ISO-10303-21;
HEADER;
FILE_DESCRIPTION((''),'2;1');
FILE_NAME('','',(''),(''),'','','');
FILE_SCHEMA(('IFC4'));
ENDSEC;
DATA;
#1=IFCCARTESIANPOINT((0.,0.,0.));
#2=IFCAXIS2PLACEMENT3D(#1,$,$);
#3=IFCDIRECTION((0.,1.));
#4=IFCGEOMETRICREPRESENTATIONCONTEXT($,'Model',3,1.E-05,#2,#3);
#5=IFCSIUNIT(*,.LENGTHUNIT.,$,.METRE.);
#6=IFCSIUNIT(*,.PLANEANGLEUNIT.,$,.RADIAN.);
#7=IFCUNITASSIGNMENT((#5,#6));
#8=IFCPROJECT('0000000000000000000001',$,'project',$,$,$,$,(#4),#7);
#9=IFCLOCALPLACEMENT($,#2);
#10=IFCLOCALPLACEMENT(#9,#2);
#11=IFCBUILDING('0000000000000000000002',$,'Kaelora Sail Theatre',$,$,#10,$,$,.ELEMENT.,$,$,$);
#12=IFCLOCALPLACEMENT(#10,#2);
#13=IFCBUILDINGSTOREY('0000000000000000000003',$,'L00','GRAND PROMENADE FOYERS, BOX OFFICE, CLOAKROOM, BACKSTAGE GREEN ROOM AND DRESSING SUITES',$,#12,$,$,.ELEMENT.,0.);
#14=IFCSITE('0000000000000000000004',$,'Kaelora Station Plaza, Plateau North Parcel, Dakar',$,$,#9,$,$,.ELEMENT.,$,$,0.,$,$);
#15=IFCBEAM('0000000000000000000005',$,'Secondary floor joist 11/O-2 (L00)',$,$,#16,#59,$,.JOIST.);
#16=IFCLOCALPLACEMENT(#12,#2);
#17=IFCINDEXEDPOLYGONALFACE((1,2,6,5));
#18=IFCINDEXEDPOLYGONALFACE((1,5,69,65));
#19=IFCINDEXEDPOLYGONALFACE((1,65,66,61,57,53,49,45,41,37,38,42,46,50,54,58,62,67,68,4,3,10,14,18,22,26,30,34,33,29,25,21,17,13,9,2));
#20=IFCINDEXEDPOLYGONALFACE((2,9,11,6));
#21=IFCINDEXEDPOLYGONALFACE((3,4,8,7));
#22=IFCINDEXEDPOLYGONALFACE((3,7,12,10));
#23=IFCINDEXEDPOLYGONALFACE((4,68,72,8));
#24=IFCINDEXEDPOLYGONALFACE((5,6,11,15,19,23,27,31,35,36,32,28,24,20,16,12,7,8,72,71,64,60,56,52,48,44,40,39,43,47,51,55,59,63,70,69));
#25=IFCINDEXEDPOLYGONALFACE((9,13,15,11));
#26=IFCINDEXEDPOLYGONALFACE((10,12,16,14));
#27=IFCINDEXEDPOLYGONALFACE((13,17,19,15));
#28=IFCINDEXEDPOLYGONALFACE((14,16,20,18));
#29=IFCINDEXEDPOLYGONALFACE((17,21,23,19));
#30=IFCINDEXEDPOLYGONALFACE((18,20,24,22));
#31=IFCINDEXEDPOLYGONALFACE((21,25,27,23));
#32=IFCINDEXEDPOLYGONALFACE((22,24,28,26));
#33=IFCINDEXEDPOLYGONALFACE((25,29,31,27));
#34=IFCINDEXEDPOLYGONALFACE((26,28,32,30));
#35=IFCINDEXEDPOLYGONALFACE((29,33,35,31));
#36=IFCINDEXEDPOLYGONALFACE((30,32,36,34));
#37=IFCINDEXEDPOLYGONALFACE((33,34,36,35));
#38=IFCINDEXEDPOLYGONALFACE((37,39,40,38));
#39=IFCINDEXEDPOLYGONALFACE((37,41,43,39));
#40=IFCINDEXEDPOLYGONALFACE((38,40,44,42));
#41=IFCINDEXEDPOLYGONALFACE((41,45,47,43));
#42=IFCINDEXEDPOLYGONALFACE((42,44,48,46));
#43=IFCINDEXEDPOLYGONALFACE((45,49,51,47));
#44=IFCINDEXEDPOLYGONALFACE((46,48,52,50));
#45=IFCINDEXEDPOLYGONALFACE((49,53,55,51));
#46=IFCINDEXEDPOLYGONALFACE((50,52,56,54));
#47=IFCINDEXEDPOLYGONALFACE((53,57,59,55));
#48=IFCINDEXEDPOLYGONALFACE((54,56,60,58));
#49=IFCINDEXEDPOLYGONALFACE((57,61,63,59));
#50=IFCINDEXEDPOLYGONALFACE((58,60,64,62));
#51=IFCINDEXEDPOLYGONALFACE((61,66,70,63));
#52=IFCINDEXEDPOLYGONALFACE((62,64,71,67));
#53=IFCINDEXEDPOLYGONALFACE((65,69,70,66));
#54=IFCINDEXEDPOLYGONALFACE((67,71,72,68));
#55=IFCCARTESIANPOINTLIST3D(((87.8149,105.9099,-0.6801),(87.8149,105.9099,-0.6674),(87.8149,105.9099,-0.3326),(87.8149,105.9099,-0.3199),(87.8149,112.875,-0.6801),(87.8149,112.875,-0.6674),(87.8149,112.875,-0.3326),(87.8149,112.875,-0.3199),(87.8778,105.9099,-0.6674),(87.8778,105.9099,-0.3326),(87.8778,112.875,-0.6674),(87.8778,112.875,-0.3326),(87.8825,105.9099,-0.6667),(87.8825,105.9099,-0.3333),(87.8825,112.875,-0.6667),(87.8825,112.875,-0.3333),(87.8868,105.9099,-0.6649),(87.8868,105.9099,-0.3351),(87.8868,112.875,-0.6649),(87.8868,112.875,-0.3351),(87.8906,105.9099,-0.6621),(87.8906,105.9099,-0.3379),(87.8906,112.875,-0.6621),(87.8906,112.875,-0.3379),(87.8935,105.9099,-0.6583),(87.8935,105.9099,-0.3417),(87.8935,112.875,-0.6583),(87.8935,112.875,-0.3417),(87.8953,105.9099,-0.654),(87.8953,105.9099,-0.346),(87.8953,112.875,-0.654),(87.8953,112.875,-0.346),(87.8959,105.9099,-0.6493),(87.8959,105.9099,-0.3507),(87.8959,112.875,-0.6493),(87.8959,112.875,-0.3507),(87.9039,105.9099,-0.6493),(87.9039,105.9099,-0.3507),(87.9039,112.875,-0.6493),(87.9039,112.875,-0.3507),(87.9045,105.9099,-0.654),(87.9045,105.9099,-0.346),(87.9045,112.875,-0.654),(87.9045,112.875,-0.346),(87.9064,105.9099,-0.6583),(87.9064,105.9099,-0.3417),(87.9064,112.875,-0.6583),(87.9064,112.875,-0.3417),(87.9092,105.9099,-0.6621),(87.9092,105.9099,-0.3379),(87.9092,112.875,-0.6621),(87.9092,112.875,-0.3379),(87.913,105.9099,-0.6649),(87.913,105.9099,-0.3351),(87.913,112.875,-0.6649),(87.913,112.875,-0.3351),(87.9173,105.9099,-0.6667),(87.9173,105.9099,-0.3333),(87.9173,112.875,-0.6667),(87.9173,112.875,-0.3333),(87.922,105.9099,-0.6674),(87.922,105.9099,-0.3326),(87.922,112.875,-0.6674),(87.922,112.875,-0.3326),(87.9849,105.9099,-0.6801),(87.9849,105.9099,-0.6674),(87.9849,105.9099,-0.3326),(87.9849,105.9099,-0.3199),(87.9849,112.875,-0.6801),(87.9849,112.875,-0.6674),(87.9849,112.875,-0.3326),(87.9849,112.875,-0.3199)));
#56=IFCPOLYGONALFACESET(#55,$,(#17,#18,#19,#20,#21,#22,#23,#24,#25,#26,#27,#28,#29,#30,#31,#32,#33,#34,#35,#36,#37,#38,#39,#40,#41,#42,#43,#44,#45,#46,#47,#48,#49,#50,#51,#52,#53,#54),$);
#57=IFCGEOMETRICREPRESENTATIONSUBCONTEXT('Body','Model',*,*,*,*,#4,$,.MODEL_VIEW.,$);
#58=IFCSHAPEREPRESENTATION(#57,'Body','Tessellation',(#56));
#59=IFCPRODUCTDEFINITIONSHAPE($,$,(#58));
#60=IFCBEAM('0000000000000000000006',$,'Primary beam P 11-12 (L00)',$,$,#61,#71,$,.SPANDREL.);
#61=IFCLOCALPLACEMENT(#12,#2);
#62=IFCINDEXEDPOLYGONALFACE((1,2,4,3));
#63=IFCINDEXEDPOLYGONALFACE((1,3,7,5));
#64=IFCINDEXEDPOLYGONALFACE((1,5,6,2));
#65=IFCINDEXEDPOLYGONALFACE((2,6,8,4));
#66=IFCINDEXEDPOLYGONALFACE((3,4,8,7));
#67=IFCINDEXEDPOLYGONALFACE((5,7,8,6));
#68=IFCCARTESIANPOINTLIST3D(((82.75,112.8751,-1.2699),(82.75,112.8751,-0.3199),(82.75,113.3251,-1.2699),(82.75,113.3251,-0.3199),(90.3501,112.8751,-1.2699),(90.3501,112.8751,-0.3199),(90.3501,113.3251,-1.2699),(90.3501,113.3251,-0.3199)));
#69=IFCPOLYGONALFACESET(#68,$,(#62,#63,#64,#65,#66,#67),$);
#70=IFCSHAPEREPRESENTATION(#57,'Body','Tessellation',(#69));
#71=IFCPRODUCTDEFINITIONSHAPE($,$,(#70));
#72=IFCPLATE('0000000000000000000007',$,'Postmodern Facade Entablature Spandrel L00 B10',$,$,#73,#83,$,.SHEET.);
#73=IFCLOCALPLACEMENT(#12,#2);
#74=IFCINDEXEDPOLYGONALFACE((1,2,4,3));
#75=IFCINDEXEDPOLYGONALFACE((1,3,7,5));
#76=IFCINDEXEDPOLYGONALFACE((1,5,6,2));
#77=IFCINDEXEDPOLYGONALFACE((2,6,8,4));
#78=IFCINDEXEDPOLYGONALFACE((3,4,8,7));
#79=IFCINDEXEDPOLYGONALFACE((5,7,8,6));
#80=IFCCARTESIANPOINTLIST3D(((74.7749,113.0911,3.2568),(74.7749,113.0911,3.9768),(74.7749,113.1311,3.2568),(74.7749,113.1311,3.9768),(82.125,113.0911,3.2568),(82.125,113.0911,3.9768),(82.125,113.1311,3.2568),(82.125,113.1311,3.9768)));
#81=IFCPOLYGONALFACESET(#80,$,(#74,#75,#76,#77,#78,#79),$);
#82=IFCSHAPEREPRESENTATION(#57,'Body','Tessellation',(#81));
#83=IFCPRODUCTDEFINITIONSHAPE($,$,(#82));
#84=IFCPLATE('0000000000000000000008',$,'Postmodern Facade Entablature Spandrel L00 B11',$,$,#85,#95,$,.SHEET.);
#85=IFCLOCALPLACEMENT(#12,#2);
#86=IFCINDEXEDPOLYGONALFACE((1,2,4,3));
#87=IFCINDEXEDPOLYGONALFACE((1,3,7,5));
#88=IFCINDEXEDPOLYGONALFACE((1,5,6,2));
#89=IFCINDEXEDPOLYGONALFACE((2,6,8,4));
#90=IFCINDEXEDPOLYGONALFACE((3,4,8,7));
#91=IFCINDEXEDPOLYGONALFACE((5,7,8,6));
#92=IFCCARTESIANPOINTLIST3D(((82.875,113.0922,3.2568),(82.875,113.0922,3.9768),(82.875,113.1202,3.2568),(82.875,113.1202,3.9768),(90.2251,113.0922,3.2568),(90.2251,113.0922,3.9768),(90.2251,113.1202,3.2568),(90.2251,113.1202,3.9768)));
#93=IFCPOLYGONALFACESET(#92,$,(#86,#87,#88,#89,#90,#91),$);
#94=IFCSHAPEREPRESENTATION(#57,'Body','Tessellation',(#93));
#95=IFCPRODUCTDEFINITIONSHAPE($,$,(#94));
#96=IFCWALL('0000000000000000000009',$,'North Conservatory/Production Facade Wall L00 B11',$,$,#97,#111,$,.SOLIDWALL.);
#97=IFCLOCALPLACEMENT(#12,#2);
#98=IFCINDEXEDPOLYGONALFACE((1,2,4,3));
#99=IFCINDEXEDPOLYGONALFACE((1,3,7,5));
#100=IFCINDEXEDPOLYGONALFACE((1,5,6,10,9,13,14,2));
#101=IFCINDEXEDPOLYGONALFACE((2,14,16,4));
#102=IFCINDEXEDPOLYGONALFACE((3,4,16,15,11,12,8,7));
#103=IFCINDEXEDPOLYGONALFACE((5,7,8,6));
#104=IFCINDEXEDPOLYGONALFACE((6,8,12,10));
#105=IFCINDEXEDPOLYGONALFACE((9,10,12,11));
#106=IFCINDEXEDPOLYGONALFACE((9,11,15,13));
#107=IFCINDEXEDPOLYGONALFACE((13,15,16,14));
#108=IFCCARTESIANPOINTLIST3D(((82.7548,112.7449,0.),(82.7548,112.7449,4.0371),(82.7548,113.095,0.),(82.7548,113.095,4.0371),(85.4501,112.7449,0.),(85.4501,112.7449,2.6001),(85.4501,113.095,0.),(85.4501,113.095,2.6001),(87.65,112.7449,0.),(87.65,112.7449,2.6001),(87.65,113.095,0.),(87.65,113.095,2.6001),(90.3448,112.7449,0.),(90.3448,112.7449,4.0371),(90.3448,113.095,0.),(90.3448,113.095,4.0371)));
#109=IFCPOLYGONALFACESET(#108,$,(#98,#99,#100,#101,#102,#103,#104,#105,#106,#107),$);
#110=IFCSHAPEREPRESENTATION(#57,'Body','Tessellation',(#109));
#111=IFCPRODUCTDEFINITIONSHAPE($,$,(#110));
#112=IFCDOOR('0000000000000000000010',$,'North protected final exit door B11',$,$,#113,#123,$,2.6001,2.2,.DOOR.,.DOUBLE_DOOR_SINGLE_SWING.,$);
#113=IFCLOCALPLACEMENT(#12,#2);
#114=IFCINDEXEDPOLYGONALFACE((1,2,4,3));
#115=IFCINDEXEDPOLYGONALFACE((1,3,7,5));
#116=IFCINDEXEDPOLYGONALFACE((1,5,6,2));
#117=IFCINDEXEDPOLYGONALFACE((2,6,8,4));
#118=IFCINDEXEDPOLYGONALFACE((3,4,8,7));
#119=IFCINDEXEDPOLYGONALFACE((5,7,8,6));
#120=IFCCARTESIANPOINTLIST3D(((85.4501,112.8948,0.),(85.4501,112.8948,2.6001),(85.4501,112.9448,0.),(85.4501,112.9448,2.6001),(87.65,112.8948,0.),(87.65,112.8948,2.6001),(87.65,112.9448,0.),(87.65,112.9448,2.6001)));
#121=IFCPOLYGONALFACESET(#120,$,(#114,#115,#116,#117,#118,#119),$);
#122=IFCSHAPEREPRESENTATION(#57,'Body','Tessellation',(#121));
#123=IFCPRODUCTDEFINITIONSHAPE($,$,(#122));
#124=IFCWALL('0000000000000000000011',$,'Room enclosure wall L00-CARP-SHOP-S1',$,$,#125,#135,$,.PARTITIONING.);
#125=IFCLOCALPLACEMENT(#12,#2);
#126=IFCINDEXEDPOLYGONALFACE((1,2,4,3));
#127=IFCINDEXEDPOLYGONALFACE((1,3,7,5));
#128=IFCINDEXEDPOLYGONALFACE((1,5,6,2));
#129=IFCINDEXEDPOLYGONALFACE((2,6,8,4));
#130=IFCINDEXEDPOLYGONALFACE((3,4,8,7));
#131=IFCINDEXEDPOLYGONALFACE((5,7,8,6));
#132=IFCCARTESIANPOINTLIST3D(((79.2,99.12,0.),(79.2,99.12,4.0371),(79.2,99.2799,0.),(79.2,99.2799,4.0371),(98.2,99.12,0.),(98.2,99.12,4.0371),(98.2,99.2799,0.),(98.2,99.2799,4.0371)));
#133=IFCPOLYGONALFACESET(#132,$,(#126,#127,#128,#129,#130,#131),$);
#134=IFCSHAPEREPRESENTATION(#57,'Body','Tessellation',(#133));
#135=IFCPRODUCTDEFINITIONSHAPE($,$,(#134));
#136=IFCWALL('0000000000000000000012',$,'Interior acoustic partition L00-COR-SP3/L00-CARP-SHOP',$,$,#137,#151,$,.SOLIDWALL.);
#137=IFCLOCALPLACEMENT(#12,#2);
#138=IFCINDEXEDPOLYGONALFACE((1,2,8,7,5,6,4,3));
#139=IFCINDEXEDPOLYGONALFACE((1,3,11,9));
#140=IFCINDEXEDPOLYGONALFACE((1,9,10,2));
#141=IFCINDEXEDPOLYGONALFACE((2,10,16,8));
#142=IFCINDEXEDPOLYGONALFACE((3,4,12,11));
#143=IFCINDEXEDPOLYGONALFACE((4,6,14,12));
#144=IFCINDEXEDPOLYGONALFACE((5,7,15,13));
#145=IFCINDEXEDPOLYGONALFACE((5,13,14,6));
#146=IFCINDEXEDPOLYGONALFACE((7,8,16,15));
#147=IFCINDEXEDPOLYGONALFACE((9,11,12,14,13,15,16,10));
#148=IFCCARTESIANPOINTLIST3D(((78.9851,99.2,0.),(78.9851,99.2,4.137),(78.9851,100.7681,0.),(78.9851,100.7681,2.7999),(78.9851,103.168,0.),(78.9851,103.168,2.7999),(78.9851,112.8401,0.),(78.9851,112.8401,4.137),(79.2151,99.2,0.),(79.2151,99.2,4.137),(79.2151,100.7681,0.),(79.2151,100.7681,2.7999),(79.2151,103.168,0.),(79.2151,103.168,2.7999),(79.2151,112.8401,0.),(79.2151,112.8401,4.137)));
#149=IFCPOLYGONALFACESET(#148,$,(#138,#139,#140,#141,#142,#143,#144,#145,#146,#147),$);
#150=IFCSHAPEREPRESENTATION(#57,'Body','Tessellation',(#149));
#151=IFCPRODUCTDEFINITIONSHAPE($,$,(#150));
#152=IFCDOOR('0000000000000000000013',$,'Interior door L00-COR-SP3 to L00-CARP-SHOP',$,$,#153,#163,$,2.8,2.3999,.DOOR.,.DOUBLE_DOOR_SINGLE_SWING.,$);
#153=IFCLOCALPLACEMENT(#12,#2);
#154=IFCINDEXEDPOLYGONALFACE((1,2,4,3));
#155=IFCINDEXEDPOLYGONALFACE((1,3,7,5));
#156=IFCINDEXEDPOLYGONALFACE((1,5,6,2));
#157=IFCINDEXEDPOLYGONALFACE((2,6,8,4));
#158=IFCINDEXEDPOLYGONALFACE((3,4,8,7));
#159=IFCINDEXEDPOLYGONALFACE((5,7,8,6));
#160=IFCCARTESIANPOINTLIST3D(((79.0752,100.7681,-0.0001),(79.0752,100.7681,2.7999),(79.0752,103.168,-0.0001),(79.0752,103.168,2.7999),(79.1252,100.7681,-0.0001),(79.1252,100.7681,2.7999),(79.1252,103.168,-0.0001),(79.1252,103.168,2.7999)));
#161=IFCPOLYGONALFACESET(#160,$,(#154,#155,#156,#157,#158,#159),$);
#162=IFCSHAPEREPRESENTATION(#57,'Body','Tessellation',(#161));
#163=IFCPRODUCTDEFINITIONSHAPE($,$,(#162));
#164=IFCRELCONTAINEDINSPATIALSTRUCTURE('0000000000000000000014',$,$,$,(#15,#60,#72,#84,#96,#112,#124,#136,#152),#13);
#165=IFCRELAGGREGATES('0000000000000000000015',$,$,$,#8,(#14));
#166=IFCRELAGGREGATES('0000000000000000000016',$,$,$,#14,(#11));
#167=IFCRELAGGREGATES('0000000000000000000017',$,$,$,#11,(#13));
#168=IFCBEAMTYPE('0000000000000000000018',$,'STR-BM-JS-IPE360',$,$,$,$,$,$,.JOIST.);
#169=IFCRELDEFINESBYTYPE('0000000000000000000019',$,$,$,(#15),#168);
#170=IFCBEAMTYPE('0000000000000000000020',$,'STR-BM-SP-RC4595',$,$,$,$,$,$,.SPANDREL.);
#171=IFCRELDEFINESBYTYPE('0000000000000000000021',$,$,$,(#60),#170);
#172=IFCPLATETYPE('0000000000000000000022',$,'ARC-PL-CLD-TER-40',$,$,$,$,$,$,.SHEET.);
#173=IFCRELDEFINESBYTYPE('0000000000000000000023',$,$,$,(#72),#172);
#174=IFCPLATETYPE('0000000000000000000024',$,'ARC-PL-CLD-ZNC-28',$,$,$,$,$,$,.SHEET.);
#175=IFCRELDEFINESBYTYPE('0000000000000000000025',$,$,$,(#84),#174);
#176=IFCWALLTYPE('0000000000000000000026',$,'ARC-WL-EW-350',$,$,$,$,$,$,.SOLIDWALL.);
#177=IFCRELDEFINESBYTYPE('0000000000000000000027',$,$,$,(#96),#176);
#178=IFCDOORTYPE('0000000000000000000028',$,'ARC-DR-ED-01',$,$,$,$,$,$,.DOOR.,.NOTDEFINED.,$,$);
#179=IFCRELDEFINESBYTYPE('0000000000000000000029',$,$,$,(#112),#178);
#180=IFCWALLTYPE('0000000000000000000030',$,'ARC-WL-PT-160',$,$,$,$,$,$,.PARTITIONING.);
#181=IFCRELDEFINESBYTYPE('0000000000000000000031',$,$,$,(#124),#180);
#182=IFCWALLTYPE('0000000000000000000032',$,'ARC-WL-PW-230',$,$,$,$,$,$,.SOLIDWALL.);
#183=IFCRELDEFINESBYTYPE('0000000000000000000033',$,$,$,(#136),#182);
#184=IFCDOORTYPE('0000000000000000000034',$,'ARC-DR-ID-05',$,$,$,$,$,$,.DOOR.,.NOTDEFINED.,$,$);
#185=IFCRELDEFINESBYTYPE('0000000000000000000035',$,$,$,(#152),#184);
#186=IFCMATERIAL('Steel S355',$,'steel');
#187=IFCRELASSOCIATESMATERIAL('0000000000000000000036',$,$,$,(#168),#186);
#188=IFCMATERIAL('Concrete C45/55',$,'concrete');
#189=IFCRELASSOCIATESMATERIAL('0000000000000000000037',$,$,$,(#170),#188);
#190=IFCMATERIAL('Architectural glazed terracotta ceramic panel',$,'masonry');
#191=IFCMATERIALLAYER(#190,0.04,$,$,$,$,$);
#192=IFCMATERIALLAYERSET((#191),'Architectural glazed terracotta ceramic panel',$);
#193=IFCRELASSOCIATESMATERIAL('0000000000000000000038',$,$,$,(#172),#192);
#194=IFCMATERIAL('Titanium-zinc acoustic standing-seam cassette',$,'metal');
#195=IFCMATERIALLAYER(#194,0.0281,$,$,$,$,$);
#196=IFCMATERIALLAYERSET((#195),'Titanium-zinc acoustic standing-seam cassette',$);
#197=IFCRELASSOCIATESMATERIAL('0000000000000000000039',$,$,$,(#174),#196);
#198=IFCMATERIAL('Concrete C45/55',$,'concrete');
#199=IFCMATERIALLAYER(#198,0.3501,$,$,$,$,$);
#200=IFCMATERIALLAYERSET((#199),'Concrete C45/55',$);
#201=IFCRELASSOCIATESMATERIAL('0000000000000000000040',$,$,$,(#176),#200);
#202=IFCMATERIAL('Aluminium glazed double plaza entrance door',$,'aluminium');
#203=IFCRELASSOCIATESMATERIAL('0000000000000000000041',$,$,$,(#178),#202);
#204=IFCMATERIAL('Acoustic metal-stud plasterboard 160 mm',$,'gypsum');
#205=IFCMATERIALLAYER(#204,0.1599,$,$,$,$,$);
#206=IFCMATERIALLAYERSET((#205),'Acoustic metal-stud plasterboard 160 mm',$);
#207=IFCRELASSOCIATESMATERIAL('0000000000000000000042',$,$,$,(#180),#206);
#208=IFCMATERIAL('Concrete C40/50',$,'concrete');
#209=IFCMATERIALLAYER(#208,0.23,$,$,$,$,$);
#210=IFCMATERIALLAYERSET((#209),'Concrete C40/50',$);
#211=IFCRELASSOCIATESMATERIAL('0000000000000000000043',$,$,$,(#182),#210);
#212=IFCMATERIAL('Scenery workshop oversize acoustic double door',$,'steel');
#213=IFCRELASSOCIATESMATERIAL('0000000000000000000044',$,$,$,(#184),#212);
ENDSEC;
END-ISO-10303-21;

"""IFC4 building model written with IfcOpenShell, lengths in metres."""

from ifc_helpers import new_model, si_unit, direction, frame, frame_2d, origin, origin_2d, place, context, subcontext, project, spatial, rectangle, i_section, extrude, material, layer, layer_set, material_profile, profile_set, type_object, element, fill, save


model = new_model("IFC4")

# Units and contexts
model_context = context("Model", 3, precision=1e-05, world=origin(), true_north=direction((0.0, 1.0)))
body_context = subcontext(model_context, "Body", "Model", "MODEL_VIEW")
ifc_project = project(units=[si_unit("LENGTHUNIT", "METRE"), si_unit("PLANEANGLEUNIT", "RADIAN")], contexts=[model_context])

# Site, building, storey
site_placement = place(None, origin())
site = spatial("IfcSite", under=ifc_project, at=site_placement, Name="Kaelora Station Plaza, Plateau North Parcel, Dakar", CompositionType="ELEMENT", RefElevation=0.0)
building_placement = place(site_placement, origin())
building = spatial("IfcBuilding", under=site, at=building_placement, Name="Kaelora Sail Theatre", CompositionType="ELEMENT")
storey_placement = place(building_placement, origin())
storey = spatial("IfcBuildingStorey", under=building, at=storey_placement, Name="L00", Description="GRAND PROMENADE FOYERS, BOX OFFICE, CLOAKROOM, BACKSTAGE GREEN ROOM AND DRESSING SUITES", CompositionType="ELEMENT", Elevation=0.0)

# Beams
ifc_material_1 = material(Name="Steel S355", Category="steel")
ifc_material_profile_1 = material_profile(ifc_material_1, i_section(OverallWidth=0.1699, OverallDepth=0.3601, WebThickness=0.0081, FlangeThickness=0.0127, FilletRadius=0.0181, at=origin_2d()), Name="IPE 360")
ifc_profile_set_1 = profile_set([ifc_material_profile_1], Name="Steel S355")
beam_type_1 = type_object("IfcBeamType", Name="STR-BM-JS-IPE360", PredefinedType="JOIST", material=ifc_profile_set_1)
beam_1_placement = place(storey_placement, frame((87.8999, 105.9099, -0.5), z_axis=(0.0, 1.0, 0.0), x_axis=(-1.0, 0.0, 0.0)))
element("IfcBeam", 1, at=beam_1_placement, inside=storey, type_object=beam_type_1, Name="Secondary floor joist 11/O-2 (L00)", PredefinedType="JOIST", context=body_context, shape_type="SweptSolid", body=[
    extrude(i_section(OverallWidth=0.1699, OverallDepth=0.3601, WebThickness=0.0081, FlangeThickness=0.0127, FilletRadius=0.0181, at=origin_2d()), origin(), (0.0, 0.0, 1.0), 6.9651),
])
ifc_material_2 = material(Name="Concrete C45/55", Category="concrete")
ifc_material_profile_2 = material_profile(ifc_material_2, rectangle(XDim=0.45, YDim=0.95, at=origin_2d()), Name="RC-SPN 450x950")
ifc_profile_set_2 = profile_set([ifc_material_profile_2], Name="Concrete C45/55")
beam_type_2 = type_object("IfcBeamType", Name="STR-BM-SP-RC4595", PredefinedType="SPANDREL", material=ifc_profile_set_2)
beam_2_placement = place(storey_placement, frame((82.75, 113.1001, -0.7949), z_axis=(1.0, 0.0, 0.0), x_axis=(0.0, 1.0, 0.0)))
element("IfcBeam", 2, at=beam_2_placement, inside=storey, type_object=beam_type_2, Name="Primary beam P 11-12 (L00)", PredefinedType="SPANDREL", context=body_context, shape_type="SweptSolid", body=[
    extrude(rectangle(XDim=0.45, YDim=0.95, at=origin_2d()), origin(), (0.0, 0.0, 1.0), 7.6001),
])

# Plates
ifc_material_3 = material(Name="Architectural glazed terracotta ceramic panel", Category="masonry")
ifc_layer_1 = layer(ifc_material_3, 0.04)
ifc_layer_set_1 = layer_set([ifc_layer_1], Name="Architectural glazed terracotta ceramic panel")
plate_type_1 = type_object("IfcPlateType", Name="ARC-PL-CLD-TER-40", PredefinedType="SHEET", material=ifc_layer_set_1)
plate_1_placement = place(storey_placement, frame((78.45, 113.1111, 3.2568), z_axis=(0.0, 0.0, 1.0), x_axis=(1.0, 0.0, 0.0)))
element("IfcPlate", 3, at=plate_1_placement, inside=storey, type_object=plate_type_1, Name="Postmodern Facade Entablature Spandrel L00 B10", PredefinedType="SHEET", context=body_context, shape_type="SweptSolid", body=[
    extrude(rectangle(XDim=7.3501, YDim=0.04, at=origin_2d()), origin(), (0.0, 0.0, 1.0), 0.72),
])
ifc_material_4 = material(Name="Titanium-zinc acoustic standing-seam cassette", Category="metal")
ifc_layer_2 = layer(ifc_material_4, 0.0281)
ifc_layer_set_2 = layer_set([ifc_layer_2], Name="Titanium-zinc acoustic standing-seam cassette")
plate_type_2 = type_object("IfcPlateType", Name="ARC-PL-CLD-ZNC-28", PredefinedType="SHEET", material=ifc_layer_set_2)
plate_2_placement = place(storey_placement, frame((86.55, 113.1062, 3.2568), z_axis=(0.0, 0.0, 1.0), x_axis=(1.0, 0.0, 0.0)))
element("IfcPlate", 4, at=plate_2_placement, inside=storey, type_object=plate_type_2, Name="Postmodern Facade Entablature Spandrel L00 B11", PredefinedType="SHEET", context=body_context, shape_type="SweptSolid", body=[
    extrude(rectangle(XDim=7.3501, YDim=0.0281, at=origin_2d()), origin(), (0.0, 0.0, 1.0), 0.72),
])

# Wall, opening, door
ifc_material_5 = material(Name="Concrete C45/55", Category="concrete")
ifc_layer_3 = layer(ifc_material_5, 0.3501)
ifc_layer_set_3 = layer_set([ifc_layer_3], Name="Concrete C45/55")
wall_type_1 = type_object("IfcWallType", Name="ARC-WL-EW-350", PredefinedType="SOLIDWALL", material=ifc_layer_set_3)
wall_1_placement = place(storey_placement, frame((82.7549, 112.9199, 0.0), z_axis=(0.0, 0.0, 1.0), x_axis=(1.0, 0.0, 0.0)))
wall_1 = element("IfcWall", 5, at=wall_1_placement, inside=storey, type_object=wall_type_1, Name="North Conservatory/Production Facade Wall L00 B11", PredefinedType="SOLIDWALL", context=body_context, shape_type="SweptSolid", body=[
    extrude(rectangle(XDim=7.5901, YDim=0.3501, at=frame_2d((3.7949, 0.0))), origin(), (0.0, 0.0, 1.0), 4.0371),
])
opening_1_placement = place(wall_1_placement, frame((2.6951, 0.0, 0.0)))
opening_1 = element("IfcOpeningElement", 6, at=opening_1_placement, cuts=wall_1, PredefinedType="OPENING", context=body_context, shape_type="SweptSolid", body=[
    extrude(rectangle(XDim=2.2, YDim=2.6001, at=frame_2d((1.1001, 1.3))), frame((0.0, 0.185, 0.0), z_axis=(0.0, -1.0, 0.0), x_axis=(1.0, 0.0, 0.0)), (0.0, 0.0, 1.0), 0.3701),
])
ifc_material_6 = material(Name="Aluminium glazed double plaza entrance door", Category="aluminium")
door_type_1 = type_object("IfcDoorType", Name="ARC-DR-ED-01", OperationType="NOTDEFINED", PredefinedType="DOOR", material=ifc_material_6)
door_1_placement = place(opening_1_placement, origin())
door_1 = element("IfcDoor", 7, at=door_1_placement, inside=storey, type_object=door_type_1, Name="North protected final exit door B11", OperationType="DOUBLE_DOOR_SINGLE_SWING", OverallHeight=2.6001, OverallWidth=2.2, PredefinedType="DOOR", context=body_context, shape_type="SweptSolid", body=[
    extrude(rectangle(XDim=2.2, YDim=2.6001, at=frame_2d((1.1001, 1.3))), frame((0.0, 0.0249, 0.0), z_axis=(0.0, -1.0, 0.0), x_axis=(1.0, 0.0, 0.0)), (0.0, 0.0, 1.0), 0.05),
])
fill(opening_1, door_1)

# Wall
ifc_material_7 = material(Name="Acoustic metal-stud plasterboard 160 mm", Category="gypsum")
ifc_layer_4 = layer(ifc_material_7, 0.1599)
ifc_layer_set_4 = layer_set([ifc_layer_4], Name="Acoustic metal-stud plasterboard 160 mm")
wall_type_2 = type_object("IfcWallType", Name="ARC-WL-PT-160", PredefinedType="PARTITIONING", material=ifc_layer_set_4)
wall_2_placement = place(storey_placement, frame((79.2, 99.2, 0.0), z_axis=(0.0, 0.0, 1.0), x_axis=(1.0, 0.0, 0.0)))
element("IfcWall", 8, at=wall_2_placement, inside=storey, type_object=wall_type_2, Name="Room enclosure wall L00-CARP-SHOP-S1", PredefinedType="PARTITIONING", context=body_context, shape_type="SweptSolid", body=[
    extrude(rectangle(XDim=19.0, YDim=0.1599, at=frame_2d((9.5, 0.0))), origin(), (0.0, 0.0, 1.0), 4.0371),
])

# Wall, opening, door
ifc_material_8 = material(Name="Concrete C40/50", Category="concrete")
ifc_layer_5 = layer(ifc_material_8, 0.23)
ifc_layer_set_5 = layer_set([ifc_layer_5], Name="Concrete C40/50")
wall_type_3 = type_object("IfcWallType", Name="ARC-WL-PW-230", PredefinedType="SOLIDWALL", material=ifc_layer_set_5)
wall_3_placement = place(storey_placement, frame((79.1001, 99.2, 0.0), z_axis=(0.0, 0.0, 1.0), x_axis=(0.0, 1.0, 0.0)))
wall_3 = element("IfcWall", 9, at=wall_3_placement, inside=storey, type_object=wall_type_3, Name="Interior acoustic partition L00-COR-SP3/L00-CARP-SHOP", PredefinedType="SOLIDWALL", context=body_context, shape_type="SweptSolid", body=[
    extrude(rectangle(XDim=13.6401, YDim=0.23, at=frame_2d((6.8201, 0.0))), origin(), (0.0, 0.0, 1.0), 4.137),
])
opening_2_placement = place(wall_3_placement, frame((1.5681, 0.0, 0.0)))
opening_2 = element("IfcOpeningElement", 10, at=opening_2_placement, cuts=wall_3, PredefinedType="OPENING", context=body_context, shape_type="SweptSolid", body=[
    extrude(rectangle(XDim=2.3999, YDim=2.8, at=frame_2d((1.2, 1.3999))), frame((0.0, 0.125, 0.0), z_axis=(0.0, -1.0, 0.0), x_axis=(1.0, 0.0, 0.0)), (0.0, 0.0, 1.0), 0.25),
])
ifc_material_9 = material(Name="Scenery workshop oversize acoustic double door", Category="steel")
door_type_2 = type_object("IfcDoorType", Name="ARC-DR-ID-05", OperationType="NOTDEFINED", PredefinedType="DOOR", material=ifc_material_9)
door_2_placement = place(opening_2_placement, origin())
door_2 = element("IfcDoor", 11, at=door_2_placement, inside=storey, type_object=door_type_2, Name="Interior door L00-COR-SP3 to L00-CARP-SHOP", OperationType="DOUBLE_DOOR_SINGLE_SWING", OverallHeight=2.8, OverallWidth=2.3999, PredefinedType="DOOR", context=body_context, shape_type="SweptSolid", body=[
    extrude(rectangle(XDim=2.3999, YDim=2.8, at=frame_2d((1.2, 1.3999))), frame((0.0, 0.0249, 0.0), z_axis=(0.0, -1.0, 0.0), x_axis=(1.0, 0.0, 0.0)), (0.0, 0.0, 1.0), 0.05),
])
fill(opening_2, door_2)

save(model, "model.ifc")
